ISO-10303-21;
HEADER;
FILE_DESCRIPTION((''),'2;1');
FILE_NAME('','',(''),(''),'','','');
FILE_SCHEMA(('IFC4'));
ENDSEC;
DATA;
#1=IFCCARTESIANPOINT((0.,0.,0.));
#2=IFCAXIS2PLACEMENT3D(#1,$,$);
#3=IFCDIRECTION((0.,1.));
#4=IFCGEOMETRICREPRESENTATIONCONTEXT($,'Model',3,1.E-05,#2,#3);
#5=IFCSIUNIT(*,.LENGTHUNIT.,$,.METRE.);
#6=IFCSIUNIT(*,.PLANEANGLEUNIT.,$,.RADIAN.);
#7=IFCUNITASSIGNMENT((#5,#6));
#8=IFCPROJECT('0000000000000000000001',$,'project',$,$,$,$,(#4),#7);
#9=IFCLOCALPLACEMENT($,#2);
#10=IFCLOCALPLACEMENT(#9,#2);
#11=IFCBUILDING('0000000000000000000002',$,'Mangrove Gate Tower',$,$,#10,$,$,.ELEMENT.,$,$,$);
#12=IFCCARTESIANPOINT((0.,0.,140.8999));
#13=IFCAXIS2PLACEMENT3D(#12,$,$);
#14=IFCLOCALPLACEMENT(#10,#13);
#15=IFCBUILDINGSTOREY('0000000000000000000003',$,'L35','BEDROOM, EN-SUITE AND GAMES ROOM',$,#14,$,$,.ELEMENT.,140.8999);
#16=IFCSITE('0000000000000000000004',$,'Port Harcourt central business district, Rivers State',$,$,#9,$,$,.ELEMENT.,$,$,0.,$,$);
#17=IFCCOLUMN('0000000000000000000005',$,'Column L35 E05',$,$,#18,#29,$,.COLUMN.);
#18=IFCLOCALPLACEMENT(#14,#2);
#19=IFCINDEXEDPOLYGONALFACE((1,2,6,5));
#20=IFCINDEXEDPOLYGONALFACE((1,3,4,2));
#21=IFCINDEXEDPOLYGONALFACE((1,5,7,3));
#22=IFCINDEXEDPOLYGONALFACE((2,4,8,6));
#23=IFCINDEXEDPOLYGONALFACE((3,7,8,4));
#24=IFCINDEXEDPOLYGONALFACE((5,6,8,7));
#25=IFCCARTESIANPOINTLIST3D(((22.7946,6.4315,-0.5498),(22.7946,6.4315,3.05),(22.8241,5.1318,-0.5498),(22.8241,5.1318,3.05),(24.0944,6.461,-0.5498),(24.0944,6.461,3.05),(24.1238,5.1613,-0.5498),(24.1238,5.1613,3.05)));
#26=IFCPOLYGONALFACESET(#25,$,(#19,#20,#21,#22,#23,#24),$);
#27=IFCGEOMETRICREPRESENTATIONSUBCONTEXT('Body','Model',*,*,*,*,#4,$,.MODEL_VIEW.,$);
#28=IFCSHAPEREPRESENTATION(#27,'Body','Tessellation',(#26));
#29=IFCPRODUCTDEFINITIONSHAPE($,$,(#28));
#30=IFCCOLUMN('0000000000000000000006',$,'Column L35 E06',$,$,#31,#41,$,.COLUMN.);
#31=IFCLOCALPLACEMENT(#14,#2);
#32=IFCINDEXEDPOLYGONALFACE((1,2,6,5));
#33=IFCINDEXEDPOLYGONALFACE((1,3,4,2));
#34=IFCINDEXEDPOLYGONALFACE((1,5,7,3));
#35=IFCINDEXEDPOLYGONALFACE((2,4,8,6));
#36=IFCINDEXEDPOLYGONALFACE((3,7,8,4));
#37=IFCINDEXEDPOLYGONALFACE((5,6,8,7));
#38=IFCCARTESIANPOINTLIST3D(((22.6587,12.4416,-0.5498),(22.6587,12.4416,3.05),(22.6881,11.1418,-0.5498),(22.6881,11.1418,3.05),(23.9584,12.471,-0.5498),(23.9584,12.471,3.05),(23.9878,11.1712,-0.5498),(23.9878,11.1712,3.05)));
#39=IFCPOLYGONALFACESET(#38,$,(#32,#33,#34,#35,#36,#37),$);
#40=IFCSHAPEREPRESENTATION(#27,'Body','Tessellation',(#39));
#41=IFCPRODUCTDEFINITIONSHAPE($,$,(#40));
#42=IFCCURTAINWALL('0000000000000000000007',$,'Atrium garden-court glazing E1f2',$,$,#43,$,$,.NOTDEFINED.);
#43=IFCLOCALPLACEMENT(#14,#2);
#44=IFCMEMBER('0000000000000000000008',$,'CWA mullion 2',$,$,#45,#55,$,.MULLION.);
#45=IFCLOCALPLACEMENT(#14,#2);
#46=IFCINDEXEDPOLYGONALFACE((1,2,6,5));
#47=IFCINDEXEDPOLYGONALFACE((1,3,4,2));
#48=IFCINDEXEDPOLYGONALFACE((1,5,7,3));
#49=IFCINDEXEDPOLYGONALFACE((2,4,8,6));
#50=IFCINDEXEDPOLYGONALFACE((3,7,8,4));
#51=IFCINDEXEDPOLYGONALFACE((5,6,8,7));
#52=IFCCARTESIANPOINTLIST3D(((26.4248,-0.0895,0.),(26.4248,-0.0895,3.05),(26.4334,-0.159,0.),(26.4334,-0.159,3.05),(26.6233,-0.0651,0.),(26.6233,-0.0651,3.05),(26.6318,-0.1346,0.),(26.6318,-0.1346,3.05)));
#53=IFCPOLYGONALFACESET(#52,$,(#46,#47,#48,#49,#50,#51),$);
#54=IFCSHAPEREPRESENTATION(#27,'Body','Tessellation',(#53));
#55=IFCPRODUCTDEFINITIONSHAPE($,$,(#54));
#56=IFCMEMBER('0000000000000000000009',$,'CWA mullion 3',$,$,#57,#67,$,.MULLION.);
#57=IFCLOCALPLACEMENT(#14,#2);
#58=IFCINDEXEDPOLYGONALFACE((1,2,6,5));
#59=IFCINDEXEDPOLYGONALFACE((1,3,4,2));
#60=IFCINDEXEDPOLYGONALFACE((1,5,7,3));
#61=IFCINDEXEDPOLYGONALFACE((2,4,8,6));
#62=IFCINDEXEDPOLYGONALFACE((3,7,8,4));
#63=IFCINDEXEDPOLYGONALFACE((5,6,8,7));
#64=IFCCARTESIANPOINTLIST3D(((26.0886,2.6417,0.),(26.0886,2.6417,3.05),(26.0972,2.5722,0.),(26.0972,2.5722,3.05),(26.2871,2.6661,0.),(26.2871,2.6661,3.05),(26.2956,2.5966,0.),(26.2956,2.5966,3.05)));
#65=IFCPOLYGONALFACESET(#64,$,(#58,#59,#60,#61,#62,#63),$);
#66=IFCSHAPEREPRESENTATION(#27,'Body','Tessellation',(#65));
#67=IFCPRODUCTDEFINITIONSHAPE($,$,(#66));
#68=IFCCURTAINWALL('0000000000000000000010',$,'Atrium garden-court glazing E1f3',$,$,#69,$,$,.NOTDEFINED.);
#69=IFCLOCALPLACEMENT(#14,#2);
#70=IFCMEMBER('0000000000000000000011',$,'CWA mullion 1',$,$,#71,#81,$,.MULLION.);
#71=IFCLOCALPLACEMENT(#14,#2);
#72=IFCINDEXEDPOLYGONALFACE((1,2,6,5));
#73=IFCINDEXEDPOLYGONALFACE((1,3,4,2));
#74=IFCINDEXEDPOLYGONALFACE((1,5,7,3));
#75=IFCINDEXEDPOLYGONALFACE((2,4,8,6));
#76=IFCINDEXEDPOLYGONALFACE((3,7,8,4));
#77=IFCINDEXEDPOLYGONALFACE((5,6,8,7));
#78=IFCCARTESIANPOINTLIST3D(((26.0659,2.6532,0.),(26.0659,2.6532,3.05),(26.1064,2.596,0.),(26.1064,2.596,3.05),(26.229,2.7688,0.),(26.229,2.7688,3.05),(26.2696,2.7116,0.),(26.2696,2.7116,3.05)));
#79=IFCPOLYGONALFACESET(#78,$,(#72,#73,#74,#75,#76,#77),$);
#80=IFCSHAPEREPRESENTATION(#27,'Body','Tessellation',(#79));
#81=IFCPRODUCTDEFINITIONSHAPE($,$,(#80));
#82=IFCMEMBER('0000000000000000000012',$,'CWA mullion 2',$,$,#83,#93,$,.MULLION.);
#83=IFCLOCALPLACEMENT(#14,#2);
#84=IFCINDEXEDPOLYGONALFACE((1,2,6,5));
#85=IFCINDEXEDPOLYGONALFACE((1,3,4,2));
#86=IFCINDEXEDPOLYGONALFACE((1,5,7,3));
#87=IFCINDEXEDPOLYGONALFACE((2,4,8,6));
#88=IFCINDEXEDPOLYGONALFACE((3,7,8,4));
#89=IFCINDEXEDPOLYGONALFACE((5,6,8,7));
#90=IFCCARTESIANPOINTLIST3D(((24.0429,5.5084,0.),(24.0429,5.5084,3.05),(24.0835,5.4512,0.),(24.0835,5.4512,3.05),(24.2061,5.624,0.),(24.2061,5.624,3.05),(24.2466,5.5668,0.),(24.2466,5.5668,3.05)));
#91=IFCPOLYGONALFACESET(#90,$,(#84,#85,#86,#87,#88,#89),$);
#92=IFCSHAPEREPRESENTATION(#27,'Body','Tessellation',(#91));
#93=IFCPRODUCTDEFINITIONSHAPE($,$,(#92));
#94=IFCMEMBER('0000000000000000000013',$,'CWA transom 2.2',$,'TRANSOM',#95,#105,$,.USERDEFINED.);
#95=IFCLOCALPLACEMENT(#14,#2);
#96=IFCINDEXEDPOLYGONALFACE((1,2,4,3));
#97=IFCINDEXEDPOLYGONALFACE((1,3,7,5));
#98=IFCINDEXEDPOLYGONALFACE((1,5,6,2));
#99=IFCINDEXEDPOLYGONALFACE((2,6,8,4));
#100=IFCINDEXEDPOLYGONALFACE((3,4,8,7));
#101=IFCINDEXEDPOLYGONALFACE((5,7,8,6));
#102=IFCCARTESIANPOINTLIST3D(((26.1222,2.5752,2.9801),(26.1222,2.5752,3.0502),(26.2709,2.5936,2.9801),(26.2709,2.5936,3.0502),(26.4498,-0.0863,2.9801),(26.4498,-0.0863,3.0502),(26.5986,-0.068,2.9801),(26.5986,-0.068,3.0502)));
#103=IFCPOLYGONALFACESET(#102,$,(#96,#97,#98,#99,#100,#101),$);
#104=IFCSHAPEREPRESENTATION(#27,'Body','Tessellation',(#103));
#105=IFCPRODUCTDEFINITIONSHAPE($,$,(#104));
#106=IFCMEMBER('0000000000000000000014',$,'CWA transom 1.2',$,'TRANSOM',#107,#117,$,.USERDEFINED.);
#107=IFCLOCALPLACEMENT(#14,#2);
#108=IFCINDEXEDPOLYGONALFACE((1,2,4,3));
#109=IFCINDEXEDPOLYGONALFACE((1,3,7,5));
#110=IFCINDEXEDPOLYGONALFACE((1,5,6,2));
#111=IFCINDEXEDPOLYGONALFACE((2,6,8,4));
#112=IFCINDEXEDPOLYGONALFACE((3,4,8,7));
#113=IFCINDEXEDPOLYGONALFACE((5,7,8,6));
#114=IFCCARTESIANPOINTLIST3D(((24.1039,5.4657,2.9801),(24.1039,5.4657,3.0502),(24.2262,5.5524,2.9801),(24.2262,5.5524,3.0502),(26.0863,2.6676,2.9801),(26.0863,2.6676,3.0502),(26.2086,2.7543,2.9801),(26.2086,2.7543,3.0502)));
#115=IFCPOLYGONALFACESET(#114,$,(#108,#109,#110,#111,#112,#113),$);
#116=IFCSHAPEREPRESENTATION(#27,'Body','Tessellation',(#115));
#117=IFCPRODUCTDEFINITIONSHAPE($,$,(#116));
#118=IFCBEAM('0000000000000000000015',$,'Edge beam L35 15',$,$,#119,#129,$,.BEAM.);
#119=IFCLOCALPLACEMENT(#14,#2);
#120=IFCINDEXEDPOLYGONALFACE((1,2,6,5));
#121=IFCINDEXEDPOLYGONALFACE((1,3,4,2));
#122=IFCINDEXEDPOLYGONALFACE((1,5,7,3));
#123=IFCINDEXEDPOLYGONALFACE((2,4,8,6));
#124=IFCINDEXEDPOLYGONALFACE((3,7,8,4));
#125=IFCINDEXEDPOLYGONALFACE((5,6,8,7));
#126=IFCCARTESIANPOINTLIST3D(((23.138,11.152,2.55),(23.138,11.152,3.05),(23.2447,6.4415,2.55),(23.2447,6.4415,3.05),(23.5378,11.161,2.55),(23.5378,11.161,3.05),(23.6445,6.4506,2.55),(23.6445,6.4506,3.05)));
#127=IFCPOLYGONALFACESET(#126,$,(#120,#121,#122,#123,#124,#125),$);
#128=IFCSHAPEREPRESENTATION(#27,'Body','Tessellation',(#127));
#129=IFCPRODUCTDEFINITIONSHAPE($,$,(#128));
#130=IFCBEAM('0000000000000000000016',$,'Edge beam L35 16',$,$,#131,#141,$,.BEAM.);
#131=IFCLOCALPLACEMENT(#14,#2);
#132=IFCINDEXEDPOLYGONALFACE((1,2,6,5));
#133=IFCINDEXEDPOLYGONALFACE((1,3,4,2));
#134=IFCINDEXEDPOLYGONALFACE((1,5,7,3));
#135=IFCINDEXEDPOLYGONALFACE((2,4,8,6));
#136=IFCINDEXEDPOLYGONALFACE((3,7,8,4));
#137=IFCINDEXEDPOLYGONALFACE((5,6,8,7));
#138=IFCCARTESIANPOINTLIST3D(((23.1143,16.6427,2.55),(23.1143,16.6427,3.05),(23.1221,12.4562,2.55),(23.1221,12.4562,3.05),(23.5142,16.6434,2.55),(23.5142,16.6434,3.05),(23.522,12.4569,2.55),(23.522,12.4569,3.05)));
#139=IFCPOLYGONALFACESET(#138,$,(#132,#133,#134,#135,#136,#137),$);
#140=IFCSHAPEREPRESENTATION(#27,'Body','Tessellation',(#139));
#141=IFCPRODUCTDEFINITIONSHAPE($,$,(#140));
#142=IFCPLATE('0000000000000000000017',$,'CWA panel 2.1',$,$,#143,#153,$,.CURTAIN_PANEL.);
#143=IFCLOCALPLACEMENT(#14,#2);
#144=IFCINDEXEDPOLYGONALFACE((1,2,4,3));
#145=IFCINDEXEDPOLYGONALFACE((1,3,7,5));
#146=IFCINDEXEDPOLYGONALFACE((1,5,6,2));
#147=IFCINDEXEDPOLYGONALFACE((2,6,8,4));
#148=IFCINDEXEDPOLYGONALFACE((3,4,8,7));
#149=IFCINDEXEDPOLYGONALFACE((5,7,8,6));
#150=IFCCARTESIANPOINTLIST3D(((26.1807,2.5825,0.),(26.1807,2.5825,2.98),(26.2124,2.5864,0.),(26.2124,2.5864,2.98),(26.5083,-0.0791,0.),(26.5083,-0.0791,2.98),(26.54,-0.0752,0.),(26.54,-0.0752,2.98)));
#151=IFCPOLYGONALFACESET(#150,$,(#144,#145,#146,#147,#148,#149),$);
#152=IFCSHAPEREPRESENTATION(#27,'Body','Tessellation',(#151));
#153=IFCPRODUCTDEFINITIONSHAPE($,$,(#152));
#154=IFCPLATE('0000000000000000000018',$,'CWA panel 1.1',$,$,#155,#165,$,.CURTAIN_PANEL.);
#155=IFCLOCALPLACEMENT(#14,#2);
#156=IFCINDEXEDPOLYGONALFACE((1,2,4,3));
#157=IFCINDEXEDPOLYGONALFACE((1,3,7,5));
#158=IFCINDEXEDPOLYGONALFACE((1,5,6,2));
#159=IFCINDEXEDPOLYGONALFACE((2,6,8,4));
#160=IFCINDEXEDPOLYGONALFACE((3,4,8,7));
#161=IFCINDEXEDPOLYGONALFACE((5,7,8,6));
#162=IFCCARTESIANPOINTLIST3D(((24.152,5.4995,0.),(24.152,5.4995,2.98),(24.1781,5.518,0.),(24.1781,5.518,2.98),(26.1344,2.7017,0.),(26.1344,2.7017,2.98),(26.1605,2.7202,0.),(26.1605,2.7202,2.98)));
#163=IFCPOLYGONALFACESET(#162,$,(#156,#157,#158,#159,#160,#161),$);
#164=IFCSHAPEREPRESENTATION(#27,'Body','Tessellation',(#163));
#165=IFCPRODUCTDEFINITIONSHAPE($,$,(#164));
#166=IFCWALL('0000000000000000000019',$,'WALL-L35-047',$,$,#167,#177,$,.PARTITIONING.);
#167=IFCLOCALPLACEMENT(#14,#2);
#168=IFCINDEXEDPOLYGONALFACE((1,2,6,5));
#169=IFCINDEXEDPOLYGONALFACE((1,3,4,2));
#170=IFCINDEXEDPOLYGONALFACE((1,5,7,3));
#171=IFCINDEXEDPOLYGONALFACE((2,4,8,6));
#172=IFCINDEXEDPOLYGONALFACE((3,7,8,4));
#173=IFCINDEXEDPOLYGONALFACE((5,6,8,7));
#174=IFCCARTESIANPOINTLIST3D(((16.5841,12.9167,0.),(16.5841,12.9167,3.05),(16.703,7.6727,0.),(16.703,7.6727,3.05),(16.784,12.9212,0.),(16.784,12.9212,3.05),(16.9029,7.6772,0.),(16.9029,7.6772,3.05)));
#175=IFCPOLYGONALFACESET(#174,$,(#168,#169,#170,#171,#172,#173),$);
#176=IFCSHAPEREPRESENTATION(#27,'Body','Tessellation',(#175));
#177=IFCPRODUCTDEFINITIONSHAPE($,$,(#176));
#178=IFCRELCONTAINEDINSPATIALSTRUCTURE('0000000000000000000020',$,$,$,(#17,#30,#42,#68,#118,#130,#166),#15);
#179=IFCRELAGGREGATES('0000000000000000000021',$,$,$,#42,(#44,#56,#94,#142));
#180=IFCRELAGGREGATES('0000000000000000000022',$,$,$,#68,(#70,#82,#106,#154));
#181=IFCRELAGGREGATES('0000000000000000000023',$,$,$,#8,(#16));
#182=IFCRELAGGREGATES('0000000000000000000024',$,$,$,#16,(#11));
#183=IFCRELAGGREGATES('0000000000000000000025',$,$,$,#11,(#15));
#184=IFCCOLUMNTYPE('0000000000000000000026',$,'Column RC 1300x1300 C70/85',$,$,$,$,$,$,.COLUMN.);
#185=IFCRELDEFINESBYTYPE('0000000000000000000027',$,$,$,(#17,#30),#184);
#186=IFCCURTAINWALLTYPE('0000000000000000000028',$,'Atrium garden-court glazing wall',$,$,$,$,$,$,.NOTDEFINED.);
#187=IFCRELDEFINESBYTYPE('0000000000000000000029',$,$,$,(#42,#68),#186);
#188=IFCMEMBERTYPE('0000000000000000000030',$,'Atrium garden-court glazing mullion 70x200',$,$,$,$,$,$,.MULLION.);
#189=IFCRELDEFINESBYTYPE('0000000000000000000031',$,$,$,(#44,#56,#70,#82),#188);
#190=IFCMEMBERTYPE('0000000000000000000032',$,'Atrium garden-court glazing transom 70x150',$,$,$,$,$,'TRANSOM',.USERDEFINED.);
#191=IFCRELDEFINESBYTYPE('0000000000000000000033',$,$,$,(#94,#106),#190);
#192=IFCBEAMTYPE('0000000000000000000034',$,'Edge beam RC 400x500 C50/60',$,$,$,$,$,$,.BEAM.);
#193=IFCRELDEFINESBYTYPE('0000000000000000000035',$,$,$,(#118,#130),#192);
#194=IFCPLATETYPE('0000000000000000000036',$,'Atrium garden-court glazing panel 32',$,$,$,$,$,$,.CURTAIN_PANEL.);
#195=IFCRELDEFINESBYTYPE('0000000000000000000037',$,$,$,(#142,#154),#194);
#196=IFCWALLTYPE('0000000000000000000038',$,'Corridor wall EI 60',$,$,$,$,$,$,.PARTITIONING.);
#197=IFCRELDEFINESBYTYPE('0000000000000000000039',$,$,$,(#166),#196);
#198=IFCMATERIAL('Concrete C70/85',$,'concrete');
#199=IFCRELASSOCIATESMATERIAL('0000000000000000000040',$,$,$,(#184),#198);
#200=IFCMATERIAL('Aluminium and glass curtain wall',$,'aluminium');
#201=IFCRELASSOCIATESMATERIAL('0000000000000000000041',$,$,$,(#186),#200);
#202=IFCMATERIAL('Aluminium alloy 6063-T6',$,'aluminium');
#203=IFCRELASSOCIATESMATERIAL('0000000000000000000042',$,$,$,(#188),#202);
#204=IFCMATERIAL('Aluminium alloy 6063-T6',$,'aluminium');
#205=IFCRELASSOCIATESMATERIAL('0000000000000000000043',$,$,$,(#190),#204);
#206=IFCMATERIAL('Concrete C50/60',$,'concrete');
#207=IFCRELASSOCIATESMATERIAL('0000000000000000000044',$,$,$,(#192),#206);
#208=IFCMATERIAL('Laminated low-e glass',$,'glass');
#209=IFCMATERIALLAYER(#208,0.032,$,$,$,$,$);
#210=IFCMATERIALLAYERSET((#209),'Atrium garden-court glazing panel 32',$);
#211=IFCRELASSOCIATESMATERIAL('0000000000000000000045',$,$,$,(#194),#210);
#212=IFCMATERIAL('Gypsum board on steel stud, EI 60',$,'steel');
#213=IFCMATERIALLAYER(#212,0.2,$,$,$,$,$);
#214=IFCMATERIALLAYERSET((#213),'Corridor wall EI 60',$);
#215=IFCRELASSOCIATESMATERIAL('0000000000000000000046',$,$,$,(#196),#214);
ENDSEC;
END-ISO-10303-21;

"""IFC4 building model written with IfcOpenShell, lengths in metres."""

from ifc_helpers import new_model, si_unit, direction, frame, frame_2d, origin, origin_2d, place, context, subcontext, project, spatial, rectangle, extrude, material, layer, layer_set, material_profile, profile_set, type_object, element, aggregate, save


model = new_model("IFC4")

# Units and contexts
model_context = context("Model", 3, precision=1e-05, world=origin(), true_north=direction((0.0, 1.0)))
body_context = subcontext(model_context, "Body", "Model", "MODEL_VIEW")
ifc_project = project(units=[si_unit("LENGTHUNIT", "METRE"), si_unit("PLANEANGLEUNIT", "RADIAN")], contexts=[model_context])

# Site, building, storey
site_placement = place(None, origin())
site = spatial("IfcSite", under=ifc_project, at=site_placement, Name="Port Harcourt central business district, Rivers State", CompositionType="ELEMENT", RefElevation=0.0)
building_placement = place(site_placement, origin())
building = spatial("IfcBuilding", under=site, at=building_placement, Name="Mangrove Gate Tower", CompositionType="ELEMENT")
storey_placement = place(building_placement, frame((0.0, 0.0, 140.8999)))
storey = spatial("IfcBuildingStorey", under=building, at=storey_placement, Name="L35", Description="BEDROOM, EN-SUITE AND GAMES ROOM", CompositionType="ELEMENT", Elevation=140.8999)

# Columns
ifc_material_1 = material(Name="Concrete C70/85", Category="concrete")
ifc_material_profile_1 = material_profile(ifc_material_1, rectangle(XDim=1.3, YDim=1.3, at=origin_2d()))
ifc_profile_set_1 = profile_set([ifc_material_profile_1], Name="Concrete C70/85")
column_type = type_object("IfcColumnType", Name="Column RC 1300x1300 C70/85", PredefinedType="COLUMN", material=ifc_profile_set_1)
for number, where, z_axis, x_axis, name in (
    (1, (23.4592, 5.7964, -0.5498), (0.0, 0.0, 1.0), (-0.022669, 0.999743, 0.0), "Column L35 E05"),
    (2, (23.3232, 11.8064, -0.5498), (0.0, 0.0, 1.0), (-0.022621, 0.999744, 0.0), "Column L35 E06"),
):
    element("IfcColumn", number, at=place(storey_placement, frame(where, z_axis=z_axis, x_axis=x_axis)), inside=storey, type_object=column_type, Name=name, PredefinedType="COLUMN", context=body_context, shape_type="SweptSolid", body=[
        extrude(rectangle(XDim=1.3, YDim=1.3, at=origin_2d()), origin(), (0.0, 0.0, 1.0), 3.5999),
    ])

# Curtain walls, members
ifc_material_2 = material(Name="Aluminium and glass curtain wall", Category="aluminium")
curtain_wall_type = type_object("IfcCurtainWallType", Name="Atrium garden-court glazing wall", PredefinedType="NOTDEFINED", material=ifc_material_2)
curtain_wall_1_placement = place(storey_placement, origin())
curtain_wall_1 = element("IfcCurtainWall", 3, at=curtain_wall_1_placement, inside=storey, type_object=curtain_wall_type, Name="Atrium garden-court glazing E1f2", PredefinedType="NOTDEFINED")
ifc_material_3 = material(Name="Aluminium alloy 6063-T6", Category="aluminium")
ifc_material_profile_2 = material_profile(ifc_material_3, rectangle(XDim=0.0701, YDim=0.2, at=origin_2d()))
ifc_profile_set_2 = profile_set([ifc_material_profile_2], Name="Aluminium alloy 6063-T6")
member_type_1 = type_object("IfcMemberType", Name="Atrium garden-court glazing mullion 70x200", PredefinedType="MULLION", material=ifc_profile_set_2)
member_1_placement = place(storey_placement, frame((26.5283, -0.1121, 0.0), z_axis=(0.0, 0.0, 1.0), x_axis=(-0.122172, 0.992509, 0.0)))
member_1 = element("IfcMember", 4, at=member_1_placement, type_object=member_type_1, Name="CWA mullion 2", PredefinedType="MULLION", context=body_context, shape_type="SweptSolid", body=[
    extrude(rectangle(XDim=0.0701, YDim=0.2, at=origin_2d()), origin(), (0.0, 0.0, 1.0), 3.05),
])
member_2_placement = place(storey_placement, frame((26.1921, 2.6191, 0.0), z_axis=(0.0, 0.0, 1.0), x_axis=(-0.122172, 0.992509, 0.0)))
member_2 = element("IfcMember", 5, at=member_2_placement, type_object=member_type_1, Name="CWA mullion 3", PredefinedType="MULLION", context=body_context, shape_type="SweptSolid", body=[
    extrude(rectangle(XDim=0.0701, YDim=0.2, at=origin_2d()), origin(), (0.0, 0.0, 1.0), 3.05),
])
curtain_wall_2_placement = place(storey_placement, origin())
curtain_wall_2 = element("IfcCurtainWall", 6, at=curtain_wall_2_placement, inside=storey, type_object=curtain_wall_type, Name="Atrium garden-court glazing E1f3", PredefinedType="NOTDEFINED")
member_3_placement = place(storey_placement, frame((26.1677, 2.6824, 0.0), z_axis=(0.0, 0.0, 1.0), x_axis=(-0.578132, 0.815943, 0.0)))
member_3 = element("IfcMember", 7, at=member_3_placement, type_object=member_type_1, Name="CWA mullion 1", PredefinedType="MULLION", context=body_context, shape_type="SweptSolid", body=[
    extrude(rectangle(XDim=0.0701, YDim=0.2, at=origin_2d()), origin(), (0.0, 0.0, 1.0), 3.05),
])
member_4_placement = place(storey_placement, frame((24.1448, 5.5376, 0.0), z_axis=(0.0, 0.0, 1.0), x_axis=(-0.578132, 0.815943, 0.0)))
member_4 = element("IfcMember", 8, at=member_4_placement, type_object=member_type_1, Name="CWA mullion 2", PredefinedType="MULLION", context=body_context, shape_type="SweptSolid", body=[
    extrude(rectangle(XDim=0.0701, YDim=0.2, at=origin_2d()), origin(), (0.0, 0.0, 1.0), 3.05),
])

# Members
ifc_material_4 = material(Name="Aluminium alloy 6063-T6", Category="aluminium")
ifc_material_profile_3 = material_profile(ifc_material_4, rectangle(XDim=0.0701, YDim=0.1499, at=origin_2d()))
ifc_profile_set_3 = profile_set([ifc_material_profile_3], Name="Aluminium alloy 6063-T6")
member_type_2 = type_object("IfcMemberType", Name="Atrium garden-court glazing transom 70x150", ElementType="TRANSOM", PredefinedType="USERDEFINED", material=ifc_profile_set_3)
member_5_placement = place(storey_placement, frame((26.5242, -0.0771, 3.0151), z_axis=(-0.122175, 0.992509, 0.0), x_axis=(0.0, 0.0, 1.0)))
member_5 = element("IfcMember", 9, at=member_5_placement, type_object=member_type_2, Name="CWA transom 2.2", ObjectType="TRANSOM", PredefinedType="USERDEFINED", context=body_context, shape_type="SweptSolid", body=[
    extrude(rectangle(XDim=0.0701, YDim=0.1499, at=origin_2d()), origin(), (0.0, 0.0, 1.0), 2.6816),
])
member_6_placement = place(storey_placement, frame((26.1475, 2.7109, 3.0151), z_axis=(-0.578102, 0.815964, 0.0), x_axis=(0.0, 0.0, 1.0)))
member_6 = element("IfcMember", 10, at=member_6_placement, type_object=member_type_2, Name="CWA transom 1.2", ObjectType="TRANSOM", PredefinedType="USERDEFINED", context=body_context, shape_type="SweptSolid", body=[
    extrude(rectangle(XDim=0.0701, YDim=0.1499, at=origin_2d()), origin(), (0.0, 0.0, 1.0), 3.4292),
])

# Beams
ifc_material_5 = material(Name="Concrete C50/60", Category="concrete")
ifc_material_profile_4 = material_profile(ifc_material_5, rectangle(XDim=0.3999, YDim=0.5, at=origin_2d()))
ifc_profile_set_4 = profile_set([ifc_material_profile_4], Name="Concrete C50/60")
beam_type = type_object("IfcBeamType", Name="Edge beam RC 400x500 C50/60", PredefinedType="BEAM", material=ifc_profile_set_4)
beam_1_placement = place(storey_placement, frame((23.4446, 6.446, 2.8), z_axis=(-0.022644, 0.999744, 0.0), x_axis=(-0.999744, -0.022644, 0.0)))
element("IfcBeam", 11, at=beam_1_placement, inside=storey, type_object=beam_type, Name="Edge beam L35 15", PredefinedType="BEAM", context=body_context, shape_type="SweptSolid", body=[
    extrude(rectangle(XDim=0.3999, YDim=0.5, at=origin_2d()), origin(), (0.0, 0.0, 1.0), 4.7117),
])
beam_2_placement = place(storey_placement, frame((23.322, 12.4565, 2.8), z_axis=(-0.001866, 0.999998, 0.0), x_axis=(-0.999998, -0.001866, 0.0)))
element("IfcBeam", 12, at=beam_2_placement, inside=storey, type_object=beam_type, Name="Edge beam L35 16", PredefinedType="BEAM", context=body_context, shape_type="SweptSolid", body=[
    extrude(rectangle(XDim=0.3999, YDim=0.5, at=origin_2d()), origin(), (0.0, 0.0, 1.0), 4.1865),
])

# Plates
ifc_material_6 = material(Name="Laminated low-e glass", Category="glass")
ifc_layer_1 = layer(ifc_material_6, 0.032)
ifc_layer_set_1 = layer_set([ifc_layer_1], Name="Atrium garden-court glazing panel 32")
plate_type = type_object("IfcPlateType", Name="Atrium garden-court glazing panel 32", PredefinedType="CURTAIN_PANEL", material=ifc_layer_set_1)
plate_1_placement = place(storey_placement, frame((26.3604, 1.2537, 0.0), z_axis=(0.0, 0.0, 1.0), x_axis=(-0.122172, 0.992509, 0.0)))
plate_1 = element("IfcPlate", 13, at=plate_1_placement, type_object=plate_type, Name="CWA panel 2.1", PredefinedType="CURTAIN_PANEL", context=body_context, shape_type="SweptSolid", body=[
    extrude(rectangle(XDim=2.6816, YDim=0.032, at=origin_2d()), origin(), (0.0, 0.0, 1.0), 2.98),
])
aggregate(curtain_wall_1, [member_1, member_2, member_5, plate_1])
plate_2_placement = place(storey_placement, frame((25.1562, 4.1099, 0.0), z_axis=(0.0, 0.0, 1.0), x_axis=(-0.578132, 0.815943, 0.0)))
plate_2 = element("IfcPlate", 14, at=plate_2_placement, type_object=plate_type, Name="CWA panel 1.1", PredefinedType="CURTAIN_PANEL", context=body_context, shape_type="SweptSolid", body=[
    extrude(rectangle(XDim=3.429, YDim=0.032, at=origin_2d()), origin(), (0.0, 0.0, 1.0), 2.98),
])
aggregate(curtain_wall_2, [member_3, member_4, member_6, plate_2])

# Wall
ifc_material_7 = material(Name="Gypsum board on steel stud, EI 60", Category="steel")
ifc_layer_2 = layer(ifc_material_7, 0.2)
ifc_layer_set_2 = layer_set([ifc_layer_2], Name="Corridor wall EI 60")
wall_type_1 = type_object("IfcWallType", Name="Corridor wall EI 60", PredefinedType="PARTITIONING", material=ifc_layer_set_2)
wall_1_placement = place(storey_placement, frame((16.803, 7.675, 0.0), z_axis=(0.0, 0.0, 1.0), x_axis=(-0.022667, 0.999743, 0.0)))
element("IfcWall", 15, at=wall_1_placement, inside=storey, type_object=wall_type_1, Name="WALL-L35-047", PredefinedType="PARTITIONING", context=body_context, shape_type="SweptSolid", body=[
    extrude(rectangle(XDim=5.2454, YDim=0.2, at=frame_2d((2.6226, 0.0))), origin(), (0.0, 0.0, 1.0), 3.05),
])

save(model, "model.ifc")
